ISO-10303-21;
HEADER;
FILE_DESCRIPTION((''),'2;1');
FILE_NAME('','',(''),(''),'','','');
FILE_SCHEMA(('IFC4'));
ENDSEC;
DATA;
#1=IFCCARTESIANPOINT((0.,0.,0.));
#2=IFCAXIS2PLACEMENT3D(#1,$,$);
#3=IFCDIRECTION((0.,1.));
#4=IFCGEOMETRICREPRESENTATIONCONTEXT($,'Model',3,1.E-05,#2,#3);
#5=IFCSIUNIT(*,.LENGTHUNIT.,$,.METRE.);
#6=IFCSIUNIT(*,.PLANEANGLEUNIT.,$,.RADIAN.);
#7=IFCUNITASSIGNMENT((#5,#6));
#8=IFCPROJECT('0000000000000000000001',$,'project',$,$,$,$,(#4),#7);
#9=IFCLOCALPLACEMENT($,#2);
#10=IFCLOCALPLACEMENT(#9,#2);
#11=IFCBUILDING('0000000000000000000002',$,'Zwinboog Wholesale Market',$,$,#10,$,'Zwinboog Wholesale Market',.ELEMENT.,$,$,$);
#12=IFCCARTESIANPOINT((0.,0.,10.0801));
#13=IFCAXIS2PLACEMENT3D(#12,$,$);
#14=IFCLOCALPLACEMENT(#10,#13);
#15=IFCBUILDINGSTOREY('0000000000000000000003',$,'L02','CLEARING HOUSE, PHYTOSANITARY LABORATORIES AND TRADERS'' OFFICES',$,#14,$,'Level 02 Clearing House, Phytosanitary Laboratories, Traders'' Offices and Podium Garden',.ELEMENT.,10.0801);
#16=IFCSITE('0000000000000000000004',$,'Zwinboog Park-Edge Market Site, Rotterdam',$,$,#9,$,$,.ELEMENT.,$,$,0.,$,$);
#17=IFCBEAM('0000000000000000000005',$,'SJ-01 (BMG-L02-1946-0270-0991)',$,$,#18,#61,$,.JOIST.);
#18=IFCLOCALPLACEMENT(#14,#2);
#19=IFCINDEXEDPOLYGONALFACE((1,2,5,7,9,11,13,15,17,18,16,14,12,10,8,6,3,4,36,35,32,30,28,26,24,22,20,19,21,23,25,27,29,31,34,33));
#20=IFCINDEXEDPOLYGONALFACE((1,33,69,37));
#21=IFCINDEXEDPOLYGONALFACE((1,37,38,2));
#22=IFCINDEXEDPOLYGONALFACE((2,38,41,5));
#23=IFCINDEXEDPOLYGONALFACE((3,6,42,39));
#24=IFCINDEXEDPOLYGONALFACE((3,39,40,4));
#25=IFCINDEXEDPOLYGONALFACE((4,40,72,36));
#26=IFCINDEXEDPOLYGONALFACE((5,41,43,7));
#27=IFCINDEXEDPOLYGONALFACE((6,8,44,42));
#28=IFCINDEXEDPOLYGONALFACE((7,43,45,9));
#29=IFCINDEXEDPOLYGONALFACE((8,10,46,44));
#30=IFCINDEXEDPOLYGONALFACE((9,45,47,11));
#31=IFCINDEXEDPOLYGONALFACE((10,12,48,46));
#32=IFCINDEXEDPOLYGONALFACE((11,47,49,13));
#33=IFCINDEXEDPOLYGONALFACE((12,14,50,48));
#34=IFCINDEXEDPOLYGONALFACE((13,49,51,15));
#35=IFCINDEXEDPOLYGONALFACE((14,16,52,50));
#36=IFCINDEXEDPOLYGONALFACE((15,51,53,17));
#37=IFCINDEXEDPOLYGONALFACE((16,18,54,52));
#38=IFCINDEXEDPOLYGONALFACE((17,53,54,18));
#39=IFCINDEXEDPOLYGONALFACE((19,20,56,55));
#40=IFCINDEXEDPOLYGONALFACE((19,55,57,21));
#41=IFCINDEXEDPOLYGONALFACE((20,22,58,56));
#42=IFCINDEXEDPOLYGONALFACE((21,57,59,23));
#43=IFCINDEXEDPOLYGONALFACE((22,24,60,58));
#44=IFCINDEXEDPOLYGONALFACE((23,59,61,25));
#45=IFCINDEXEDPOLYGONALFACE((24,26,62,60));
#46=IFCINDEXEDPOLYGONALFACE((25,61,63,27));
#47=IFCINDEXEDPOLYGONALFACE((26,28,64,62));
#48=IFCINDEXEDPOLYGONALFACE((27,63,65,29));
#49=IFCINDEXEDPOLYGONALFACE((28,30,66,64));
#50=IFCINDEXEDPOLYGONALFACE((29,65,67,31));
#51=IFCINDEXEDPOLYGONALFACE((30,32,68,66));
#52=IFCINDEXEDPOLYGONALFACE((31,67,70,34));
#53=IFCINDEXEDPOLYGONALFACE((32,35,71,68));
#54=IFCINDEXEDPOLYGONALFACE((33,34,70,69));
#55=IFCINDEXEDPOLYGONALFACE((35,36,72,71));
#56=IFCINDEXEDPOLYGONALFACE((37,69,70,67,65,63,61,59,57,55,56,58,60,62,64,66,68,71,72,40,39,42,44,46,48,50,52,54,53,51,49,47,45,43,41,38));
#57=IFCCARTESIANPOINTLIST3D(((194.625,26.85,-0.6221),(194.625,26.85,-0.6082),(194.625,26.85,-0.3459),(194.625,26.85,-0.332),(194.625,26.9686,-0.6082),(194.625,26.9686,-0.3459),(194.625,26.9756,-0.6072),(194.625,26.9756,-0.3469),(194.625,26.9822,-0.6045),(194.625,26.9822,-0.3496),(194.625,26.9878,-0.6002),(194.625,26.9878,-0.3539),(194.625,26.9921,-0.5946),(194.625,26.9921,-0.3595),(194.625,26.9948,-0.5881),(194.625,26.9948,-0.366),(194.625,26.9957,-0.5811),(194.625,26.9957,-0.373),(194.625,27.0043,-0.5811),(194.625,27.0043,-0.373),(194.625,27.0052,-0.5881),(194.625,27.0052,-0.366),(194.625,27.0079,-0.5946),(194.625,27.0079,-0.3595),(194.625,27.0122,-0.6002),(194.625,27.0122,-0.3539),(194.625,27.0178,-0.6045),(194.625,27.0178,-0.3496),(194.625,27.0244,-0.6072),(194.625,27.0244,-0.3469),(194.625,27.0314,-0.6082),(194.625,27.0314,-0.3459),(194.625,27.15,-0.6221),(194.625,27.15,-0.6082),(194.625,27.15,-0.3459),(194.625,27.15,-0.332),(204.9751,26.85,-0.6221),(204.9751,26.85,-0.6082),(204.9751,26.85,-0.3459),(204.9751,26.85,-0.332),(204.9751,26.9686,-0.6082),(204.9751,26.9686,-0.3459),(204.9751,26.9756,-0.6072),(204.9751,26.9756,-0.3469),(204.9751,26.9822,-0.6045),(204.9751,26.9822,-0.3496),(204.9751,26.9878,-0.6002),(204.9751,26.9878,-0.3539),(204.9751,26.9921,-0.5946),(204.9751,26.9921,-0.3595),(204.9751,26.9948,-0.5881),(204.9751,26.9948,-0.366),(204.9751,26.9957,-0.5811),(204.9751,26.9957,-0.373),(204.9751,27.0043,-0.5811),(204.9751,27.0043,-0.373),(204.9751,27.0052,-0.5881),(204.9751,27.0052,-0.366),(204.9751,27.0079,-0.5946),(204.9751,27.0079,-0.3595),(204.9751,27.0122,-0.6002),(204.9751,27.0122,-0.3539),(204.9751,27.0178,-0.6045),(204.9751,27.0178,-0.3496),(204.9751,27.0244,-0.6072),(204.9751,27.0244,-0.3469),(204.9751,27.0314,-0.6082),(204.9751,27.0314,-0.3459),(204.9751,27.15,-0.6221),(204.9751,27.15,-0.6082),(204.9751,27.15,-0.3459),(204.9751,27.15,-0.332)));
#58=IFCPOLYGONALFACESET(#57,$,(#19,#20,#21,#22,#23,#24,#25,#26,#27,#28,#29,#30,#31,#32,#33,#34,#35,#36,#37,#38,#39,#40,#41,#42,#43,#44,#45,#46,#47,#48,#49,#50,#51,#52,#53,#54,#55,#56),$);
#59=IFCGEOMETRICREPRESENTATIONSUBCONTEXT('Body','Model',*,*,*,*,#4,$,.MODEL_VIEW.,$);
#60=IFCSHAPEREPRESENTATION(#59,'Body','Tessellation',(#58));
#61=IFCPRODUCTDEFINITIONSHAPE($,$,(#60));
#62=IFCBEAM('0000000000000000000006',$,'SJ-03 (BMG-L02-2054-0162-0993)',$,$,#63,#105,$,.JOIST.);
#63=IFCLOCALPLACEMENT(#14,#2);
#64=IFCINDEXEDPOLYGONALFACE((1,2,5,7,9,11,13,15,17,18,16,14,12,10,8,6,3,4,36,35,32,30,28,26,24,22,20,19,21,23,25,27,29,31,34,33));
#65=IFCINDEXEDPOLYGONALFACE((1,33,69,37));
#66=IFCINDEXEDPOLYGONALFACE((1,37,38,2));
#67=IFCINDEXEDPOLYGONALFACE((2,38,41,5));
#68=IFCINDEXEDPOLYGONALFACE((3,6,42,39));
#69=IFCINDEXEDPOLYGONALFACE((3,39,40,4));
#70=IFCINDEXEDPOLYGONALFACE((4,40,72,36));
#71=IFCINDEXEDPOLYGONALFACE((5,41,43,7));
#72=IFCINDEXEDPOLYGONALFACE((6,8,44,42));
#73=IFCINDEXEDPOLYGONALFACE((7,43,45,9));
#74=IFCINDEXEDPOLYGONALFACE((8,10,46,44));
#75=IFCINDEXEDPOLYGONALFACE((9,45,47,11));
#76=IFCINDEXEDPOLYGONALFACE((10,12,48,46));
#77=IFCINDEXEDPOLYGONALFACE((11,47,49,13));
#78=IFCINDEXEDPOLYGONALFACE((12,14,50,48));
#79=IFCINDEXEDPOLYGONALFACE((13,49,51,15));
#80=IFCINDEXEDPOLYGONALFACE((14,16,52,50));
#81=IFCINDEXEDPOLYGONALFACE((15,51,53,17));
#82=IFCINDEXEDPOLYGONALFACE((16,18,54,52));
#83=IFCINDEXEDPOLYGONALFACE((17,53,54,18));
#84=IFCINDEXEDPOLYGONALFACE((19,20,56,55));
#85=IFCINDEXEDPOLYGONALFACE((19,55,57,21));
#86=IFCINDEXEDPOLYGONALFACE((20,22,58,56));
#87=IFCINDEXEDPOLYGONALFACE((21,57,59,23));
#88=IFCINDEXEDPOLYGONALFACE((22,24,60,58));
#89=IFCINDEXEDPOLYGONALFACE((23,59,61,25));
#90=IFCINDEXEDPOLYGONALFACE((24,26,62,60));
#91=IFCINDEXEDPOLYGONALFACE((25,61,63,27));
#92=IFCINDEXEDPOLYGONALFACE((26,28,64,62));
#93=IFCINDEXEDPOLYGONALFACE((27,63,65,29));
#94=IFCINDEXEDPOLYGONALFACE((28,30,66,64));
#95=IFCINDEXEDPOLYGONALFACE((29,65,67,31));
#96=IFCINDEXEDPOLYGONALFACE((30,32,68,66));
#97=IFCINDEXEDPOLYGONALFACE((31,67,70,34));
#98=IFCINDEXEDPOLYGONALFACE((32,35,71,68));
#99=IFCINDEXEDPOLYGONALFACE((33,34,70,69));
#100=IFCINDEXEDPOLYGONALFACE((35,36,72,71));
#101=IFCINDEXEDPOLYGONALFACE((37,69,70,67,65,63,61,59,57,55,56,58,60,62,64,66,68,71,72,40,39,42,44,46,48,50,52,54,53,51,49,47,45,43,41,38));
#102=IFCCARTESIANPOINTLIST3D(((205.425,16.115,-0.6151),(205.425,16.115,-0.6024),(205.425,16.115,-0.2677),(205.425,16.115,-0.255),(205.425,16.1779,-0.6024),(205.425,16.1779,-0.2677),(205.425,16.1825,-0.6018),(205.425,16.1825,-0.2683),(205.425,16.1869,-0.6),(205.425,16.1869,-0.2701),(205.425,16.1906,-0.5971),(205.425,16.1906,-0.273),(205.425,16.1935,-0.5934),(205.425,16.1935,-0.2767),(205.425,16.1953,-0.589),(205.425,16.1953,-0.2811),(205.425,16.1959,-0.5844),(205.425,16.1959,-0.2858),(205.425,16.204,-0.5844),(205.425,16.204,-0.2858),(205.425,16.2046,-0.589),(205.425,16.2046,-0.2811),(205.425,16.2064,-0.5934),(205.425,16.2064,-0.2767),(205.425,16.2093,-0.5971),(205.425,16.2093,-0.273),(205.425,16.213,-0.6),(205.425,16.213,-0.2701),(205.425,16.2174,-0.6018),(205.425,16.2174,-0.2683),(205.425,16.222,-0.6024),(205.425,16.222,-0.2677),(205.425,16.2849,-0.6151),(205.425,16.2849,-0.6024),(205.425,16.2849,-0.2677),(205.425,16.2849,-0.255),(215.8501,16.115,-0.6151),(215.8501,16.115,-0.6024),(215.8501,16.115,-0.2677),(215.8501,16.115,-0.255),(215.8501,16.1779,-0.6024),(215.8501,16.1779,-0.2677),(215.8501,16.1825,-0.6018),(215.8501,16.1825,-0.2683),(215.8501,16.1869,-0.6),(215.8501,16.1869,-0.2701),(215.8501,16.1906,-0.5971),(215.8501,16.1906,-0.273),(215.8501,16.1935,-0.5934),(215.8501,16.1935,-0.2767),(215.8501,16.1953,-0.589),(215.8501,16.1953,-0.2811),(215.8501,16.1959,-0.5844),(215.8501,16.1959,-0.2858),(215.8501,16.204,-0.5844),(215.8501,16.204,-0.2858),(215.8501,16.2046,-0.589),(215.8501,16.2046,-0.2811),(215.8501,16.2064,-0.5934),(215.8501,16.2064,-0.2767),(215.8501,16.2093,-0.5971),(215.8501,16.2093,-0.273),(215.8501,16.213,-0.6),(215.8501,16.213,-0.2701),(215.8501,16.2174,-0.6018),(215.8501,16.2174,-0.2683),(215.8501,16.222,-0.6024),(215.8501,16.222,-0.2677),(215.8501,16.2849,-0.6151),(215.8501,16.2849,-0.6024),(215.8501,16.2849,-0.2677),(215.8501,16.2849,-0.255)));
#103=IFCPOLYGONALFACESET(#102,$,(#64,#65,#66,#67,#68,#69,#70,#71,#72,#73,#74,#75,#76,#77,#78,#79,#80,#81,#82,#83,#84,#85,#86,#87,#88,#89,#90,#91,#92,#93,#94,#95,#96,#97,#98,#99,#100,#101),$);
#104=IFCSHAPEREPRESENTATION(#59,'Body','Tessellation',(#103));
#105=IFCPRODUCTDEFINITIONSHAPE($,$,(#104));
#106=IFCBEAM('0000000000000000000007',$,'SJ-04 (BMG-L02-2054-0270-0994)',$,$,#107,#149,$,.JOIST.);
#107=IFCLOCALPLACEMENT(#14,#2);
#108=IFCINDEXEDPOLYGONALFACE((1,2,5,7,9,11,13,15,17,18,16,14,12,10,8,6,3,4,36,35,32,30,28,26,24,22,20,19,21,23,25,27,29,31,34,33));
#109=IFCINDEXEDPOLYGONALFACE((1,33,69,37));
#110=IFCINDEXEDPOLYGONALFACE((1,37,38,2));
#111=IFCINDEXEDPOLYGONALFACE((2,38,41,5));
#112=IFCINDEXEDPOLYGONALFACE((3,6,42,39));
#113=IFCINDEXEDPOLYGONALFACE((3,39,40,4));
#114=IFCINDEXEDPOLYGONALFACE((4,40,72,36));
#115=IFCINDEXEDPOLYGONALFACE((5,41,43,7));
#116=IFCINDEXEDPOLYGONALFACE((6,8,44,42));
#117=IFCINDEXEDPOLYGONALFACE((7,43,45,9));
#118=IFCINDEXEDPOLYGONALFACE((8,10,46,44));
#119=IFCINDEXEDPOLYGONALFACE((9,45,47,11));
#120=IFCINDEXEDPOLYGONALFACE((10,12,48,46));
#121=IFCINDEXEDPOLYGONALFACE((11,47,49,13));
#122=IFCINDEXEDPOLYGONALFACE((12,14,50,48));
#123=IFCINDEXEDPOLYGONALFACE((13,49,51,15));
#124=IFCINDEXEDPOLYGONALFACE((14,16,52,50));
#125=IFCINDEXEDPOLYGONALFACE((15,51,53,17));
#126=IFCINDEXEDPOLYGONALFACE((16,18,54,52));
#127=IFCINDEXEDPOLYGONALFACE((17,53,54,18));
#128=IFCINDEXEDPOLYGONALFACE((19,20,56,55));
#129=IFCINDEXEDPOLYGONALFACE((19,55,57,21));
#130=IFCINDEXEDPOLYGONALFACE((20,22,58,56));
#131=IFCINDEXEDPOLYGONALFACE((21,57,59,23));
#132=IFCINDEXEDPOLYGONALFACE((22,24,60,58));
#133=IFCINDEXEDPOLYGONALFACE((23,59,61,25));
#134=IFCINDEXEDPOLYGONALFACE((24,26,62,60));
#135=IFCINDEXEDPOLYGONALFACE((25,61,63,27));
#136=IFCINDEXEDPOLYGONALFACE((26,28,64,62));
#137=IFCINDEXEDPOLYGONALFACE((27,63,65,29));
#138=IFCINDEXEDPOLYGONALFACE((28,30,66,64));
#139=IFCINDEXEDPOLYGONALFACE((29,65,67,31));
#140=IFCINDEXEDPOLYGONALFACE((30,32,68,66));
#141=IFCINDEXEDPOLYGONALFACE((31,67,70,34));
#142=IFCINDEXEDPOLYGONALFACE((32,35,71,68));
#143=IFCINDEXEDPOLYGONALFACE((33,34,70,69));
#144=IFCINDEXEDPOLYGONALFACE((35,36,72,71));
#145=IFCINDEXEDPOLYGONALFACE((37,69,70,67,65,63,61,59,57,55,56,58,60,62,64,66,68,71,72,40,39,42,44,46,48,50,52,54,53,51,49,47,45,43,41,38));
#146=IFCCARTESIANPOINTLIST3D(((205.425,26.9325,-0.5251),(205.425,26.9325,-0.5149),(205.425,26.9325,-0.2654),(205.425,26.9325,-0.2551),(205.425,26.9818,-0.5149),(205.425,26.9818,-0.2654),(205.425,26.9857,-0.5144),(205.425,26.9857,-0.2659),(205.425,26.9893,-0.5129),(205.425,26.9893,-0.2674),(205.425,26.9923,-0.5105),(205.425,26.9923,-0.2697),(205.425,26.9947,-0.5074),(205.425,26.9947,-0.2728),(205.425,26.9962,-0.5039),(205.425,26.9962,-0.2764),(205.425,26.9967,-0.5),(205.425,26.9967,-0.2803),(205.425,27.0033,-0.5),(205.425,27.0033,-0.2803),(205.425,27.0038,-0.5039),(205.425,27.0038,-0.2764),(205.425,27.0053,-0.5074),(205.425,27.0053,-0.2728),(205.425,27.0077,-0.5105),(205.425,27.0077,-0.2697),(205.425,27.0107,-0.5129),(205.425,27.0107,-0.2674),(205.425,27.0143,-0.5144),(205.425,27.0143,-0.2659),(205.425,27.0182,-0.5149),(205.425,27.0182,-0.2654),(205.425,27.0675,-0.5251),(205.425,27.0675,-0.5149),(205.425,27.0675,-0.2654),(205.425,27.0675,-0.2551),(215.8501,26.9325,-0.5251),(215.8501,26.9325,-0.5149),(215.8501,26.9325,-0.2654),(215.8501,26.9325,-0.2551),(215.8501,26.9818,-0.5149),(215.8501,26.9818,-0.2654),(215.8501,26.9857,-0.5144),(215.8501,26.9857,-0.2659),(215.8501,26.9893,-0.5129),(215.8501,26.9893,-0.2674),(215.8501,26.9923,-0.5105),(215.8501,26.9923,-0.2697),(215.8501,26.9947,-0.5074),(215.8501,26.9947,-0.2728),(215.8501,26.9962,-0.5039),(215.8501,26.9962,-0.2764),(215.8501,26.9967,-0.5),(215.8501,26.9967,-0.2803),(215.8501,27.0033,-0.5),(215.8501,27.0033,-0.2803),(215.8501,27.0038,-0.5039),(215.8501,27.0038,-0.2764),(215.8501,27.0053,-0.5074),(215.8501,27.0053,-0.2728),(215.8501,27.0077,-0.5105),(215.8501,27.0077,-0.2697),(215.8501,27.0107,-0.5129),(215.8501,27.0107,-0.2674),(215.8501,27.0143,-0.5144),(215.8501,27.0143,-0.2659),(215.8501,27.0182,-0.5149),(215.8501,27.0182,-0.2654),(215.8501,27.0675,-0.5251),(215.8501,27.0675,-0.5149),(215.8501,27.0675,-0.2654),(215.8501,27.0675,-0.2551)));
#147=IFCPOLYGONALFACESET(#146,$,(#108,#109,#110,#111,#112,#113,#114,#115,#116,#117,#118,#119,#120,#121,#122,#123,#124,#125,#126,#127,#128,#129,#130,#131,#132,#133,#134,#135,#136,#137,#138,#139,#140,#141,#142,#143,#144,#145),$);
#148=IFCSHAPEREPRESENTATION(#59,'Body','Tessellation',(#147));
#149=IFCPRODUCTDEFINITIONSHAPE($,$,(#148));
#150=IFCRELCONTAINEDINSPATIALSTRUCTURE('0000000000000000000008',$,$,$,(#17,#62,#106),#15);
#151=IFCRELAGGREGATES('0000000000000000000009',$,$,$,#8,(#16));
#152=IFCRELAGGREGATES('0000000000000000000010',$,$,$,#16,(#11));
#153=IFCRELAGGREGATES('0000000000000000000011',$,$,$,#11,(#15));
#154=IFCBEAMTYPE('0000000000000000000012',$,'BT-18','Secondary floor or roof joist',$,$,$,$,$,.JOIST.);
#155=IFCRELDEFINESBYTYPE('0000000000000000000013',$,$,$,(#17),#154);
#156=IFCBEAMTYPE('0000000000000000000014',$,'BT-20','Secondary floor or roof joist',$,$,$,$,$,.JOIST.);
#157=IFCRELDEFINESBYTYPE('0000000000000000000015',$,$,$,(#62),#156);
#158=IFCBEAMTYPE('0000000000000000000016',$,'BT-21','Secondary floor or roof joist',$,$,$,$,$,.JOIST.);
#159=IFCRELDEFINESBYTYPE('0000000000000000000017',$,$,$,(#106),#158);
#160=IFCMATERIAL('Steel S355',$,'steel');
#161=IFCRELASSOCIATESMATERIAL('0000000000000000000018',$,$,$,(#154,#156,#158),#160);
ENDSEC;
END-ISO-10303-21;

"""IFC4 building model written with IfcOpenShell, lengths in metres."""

from ifc_helpers import new_model, si_unit, direction, frame, origin, origin_2d, place, context, subcontext, project, spatial, i_section, extrude, material, material_profile, profile_set, type_object, element, save


model = new_model("IFC4")

# Units and contexts
model_context = context("Model", 3, precision=1e-05, world=origin(), true_north=direction((0.0, 1.0)))
body_context = subcontext(model_context, "Body", "Model", "MODEL_VIEW")
ifc_project = project(units=[si_unit("LENGTHUNIT", "METRE"), si_unit("PLANEANGLEUNIT", "RADIAN")], contexts=[model_context])

# Site, building, storey
site_placement = place(None, origin())
site = spatial("IfcSite", under=ifc_project, at=site_placement, Name="Zwinboog Park-Edge Market Site, Rotterdam", CompositionType="ELEMENT", RefElevation=0.0)
building_placement = place(site_placement, origin())
building = spatial("IfcBuilding", under=site, at=building_placement, Name="Zwinboog Wholesale Market", LongName="Zwinboog Wholesale Market", CompositionType="ELEMENT")
storey_placement = place(building_placement, frame((0.0, 0.0, 10.0801)))
storey = spatial("IfcBuildingStorey", under=building, at=storey_placement, Name="L02", Description="CLEARING HOUSE, PHYTOSANITARY LABORATORIES AND TRADERS' OFFICES", LongName="Level 02 Clearing House, Phytosanitary Laboratories, Traders' Offices and Podium Garden", CompositionType="ELEMENT", Elevation=10.0801)

# Beams
ifc_material_1 = material(Name="Steel S355", Category="steel")
ifc_material_profile_1 = material_profile(ifc_material_1, i_section(OverallWidth=0.3, OverallDepth=0.29, WebThickness=0.0085, FlangeThickness=0.0139, FilletRadius=0.0271, at=origin_2d()), Name="HEA 300")
ifc_profile_set_1 = profile_set([ifc_material_profile_1], Name="Steel S355")
beam_type_1 = type_object("IfcBeamType", Name="BT-18", Description="Secondary floor or roof joist", PredefinedType="JOIST", material=ifc_profile_set_1)
beam_1_placement = place(storey_placement, frame((194.625, 27.0, -0.4771), z_axis=(1.0, 0.0, 0.0), x_axis=(0.0, 1.0, 0.0)))
element("IfcBeam", 1, at=beam_1_placement, inside=storey, type_object=beam_type_1, Name="SJ-01 (BMG-L02-1946-0270-0991)", PredefinedType="JOIST", context=body_context, shape_type="SweptSolid", body=[
    extrude(i_section(OverallWidth=0.3, OverallDepth=0.29, WebThickness=0.0085, FlangeThickness=0.0139, FilletRadius=0.0271, at=origin_2d()), origin(), (0.0, 0.0, 1.0), 10.3501),
])
ifc_material_profile_2 = material_profile(ifc_material_1, i_section(OverallWidth=0.1699, OverallDepth=0.3601, WebThickness=0.0081, FlangeThickness=0.0127, FilletRadius=0.0181, at=origin_2d()), Name="IPE 360")
ifc_profile_set_2 = profile_set([ifc_material_profile_2], Name="Steel S355")
beam_type_2 = type_object("IfcBeamType", Name="BT-20", Description="Secondary floor or roof joist", PredefinedType="JOIST", material=ifc_profile_set_2)
beam_2_placement = place(storey_placement, frame((205.425, 16.2, -0.4351), z_axis=(1.0, 0.0, 0.0), x_axis=(0.0, 1.0, 0.0)))
element("IfcBeam", 2, at=beam_2_placement, inside=storey, type_object=beam_type_2, Name="SJ-03 (BMG-L02-2054-0162-0993)", PredefinedType="JOIST", context=body_context, shape_type="SweptSolid", body=[
    extrude(i_section(OverallWidth=0.1699, OverallDepth=0.3601, WebThickness=0.0081, FlangeThickness=0.0127, FilletRadius=0.0181, at=origin_2d()), origin(), (0.0, 0.0, 1.0), 10.425),
])
ifc_material_profile_3 = material_profile(ifc_material_1, i_section(OverallWidth=0.135, OverallDepth=0.27, WebThickness=0.0066, FlangeThickness=0.0103, FilletRadius=0.0149, at=origin_2d()), Name="IPE 270")
ifc_profile_set_3 = profile_set([ifc_material_profile_3], Name="Steel S355")
beam_type_3 = type_object("IfcBeamType", Name="BT-21", Description="Secondary floor or roof joist", PredefinedType="JOIST", material=ifc_profile_set_3)
beam_3_placement = place(storey_placement, frame((205.425, 27.0, -0.3901), z_axis=(1.0, 0.0, 0.0), x_axis=(0.0, 1.0, 0.0)))
element("IfcBeam", 3, at=beam_3_placement, inside=storey, type_object=beam_type_3, Name="SJ-04 (BMG-L02-2054-0270-0994)", PredefinedType="JOIST", context=body_context, shape_type="SweptSolid", body=[
    extrude(i_section(OverallWidth=0.135, OverallDepth=0.27, WebThickness=0.0066, FlangeThickness=0.0103, FilletRadius=0.0149, at=origin_2d()), origin(), (0.0, 0.0, 1.0), 10.425),
])

save(model, "model.ifc")
